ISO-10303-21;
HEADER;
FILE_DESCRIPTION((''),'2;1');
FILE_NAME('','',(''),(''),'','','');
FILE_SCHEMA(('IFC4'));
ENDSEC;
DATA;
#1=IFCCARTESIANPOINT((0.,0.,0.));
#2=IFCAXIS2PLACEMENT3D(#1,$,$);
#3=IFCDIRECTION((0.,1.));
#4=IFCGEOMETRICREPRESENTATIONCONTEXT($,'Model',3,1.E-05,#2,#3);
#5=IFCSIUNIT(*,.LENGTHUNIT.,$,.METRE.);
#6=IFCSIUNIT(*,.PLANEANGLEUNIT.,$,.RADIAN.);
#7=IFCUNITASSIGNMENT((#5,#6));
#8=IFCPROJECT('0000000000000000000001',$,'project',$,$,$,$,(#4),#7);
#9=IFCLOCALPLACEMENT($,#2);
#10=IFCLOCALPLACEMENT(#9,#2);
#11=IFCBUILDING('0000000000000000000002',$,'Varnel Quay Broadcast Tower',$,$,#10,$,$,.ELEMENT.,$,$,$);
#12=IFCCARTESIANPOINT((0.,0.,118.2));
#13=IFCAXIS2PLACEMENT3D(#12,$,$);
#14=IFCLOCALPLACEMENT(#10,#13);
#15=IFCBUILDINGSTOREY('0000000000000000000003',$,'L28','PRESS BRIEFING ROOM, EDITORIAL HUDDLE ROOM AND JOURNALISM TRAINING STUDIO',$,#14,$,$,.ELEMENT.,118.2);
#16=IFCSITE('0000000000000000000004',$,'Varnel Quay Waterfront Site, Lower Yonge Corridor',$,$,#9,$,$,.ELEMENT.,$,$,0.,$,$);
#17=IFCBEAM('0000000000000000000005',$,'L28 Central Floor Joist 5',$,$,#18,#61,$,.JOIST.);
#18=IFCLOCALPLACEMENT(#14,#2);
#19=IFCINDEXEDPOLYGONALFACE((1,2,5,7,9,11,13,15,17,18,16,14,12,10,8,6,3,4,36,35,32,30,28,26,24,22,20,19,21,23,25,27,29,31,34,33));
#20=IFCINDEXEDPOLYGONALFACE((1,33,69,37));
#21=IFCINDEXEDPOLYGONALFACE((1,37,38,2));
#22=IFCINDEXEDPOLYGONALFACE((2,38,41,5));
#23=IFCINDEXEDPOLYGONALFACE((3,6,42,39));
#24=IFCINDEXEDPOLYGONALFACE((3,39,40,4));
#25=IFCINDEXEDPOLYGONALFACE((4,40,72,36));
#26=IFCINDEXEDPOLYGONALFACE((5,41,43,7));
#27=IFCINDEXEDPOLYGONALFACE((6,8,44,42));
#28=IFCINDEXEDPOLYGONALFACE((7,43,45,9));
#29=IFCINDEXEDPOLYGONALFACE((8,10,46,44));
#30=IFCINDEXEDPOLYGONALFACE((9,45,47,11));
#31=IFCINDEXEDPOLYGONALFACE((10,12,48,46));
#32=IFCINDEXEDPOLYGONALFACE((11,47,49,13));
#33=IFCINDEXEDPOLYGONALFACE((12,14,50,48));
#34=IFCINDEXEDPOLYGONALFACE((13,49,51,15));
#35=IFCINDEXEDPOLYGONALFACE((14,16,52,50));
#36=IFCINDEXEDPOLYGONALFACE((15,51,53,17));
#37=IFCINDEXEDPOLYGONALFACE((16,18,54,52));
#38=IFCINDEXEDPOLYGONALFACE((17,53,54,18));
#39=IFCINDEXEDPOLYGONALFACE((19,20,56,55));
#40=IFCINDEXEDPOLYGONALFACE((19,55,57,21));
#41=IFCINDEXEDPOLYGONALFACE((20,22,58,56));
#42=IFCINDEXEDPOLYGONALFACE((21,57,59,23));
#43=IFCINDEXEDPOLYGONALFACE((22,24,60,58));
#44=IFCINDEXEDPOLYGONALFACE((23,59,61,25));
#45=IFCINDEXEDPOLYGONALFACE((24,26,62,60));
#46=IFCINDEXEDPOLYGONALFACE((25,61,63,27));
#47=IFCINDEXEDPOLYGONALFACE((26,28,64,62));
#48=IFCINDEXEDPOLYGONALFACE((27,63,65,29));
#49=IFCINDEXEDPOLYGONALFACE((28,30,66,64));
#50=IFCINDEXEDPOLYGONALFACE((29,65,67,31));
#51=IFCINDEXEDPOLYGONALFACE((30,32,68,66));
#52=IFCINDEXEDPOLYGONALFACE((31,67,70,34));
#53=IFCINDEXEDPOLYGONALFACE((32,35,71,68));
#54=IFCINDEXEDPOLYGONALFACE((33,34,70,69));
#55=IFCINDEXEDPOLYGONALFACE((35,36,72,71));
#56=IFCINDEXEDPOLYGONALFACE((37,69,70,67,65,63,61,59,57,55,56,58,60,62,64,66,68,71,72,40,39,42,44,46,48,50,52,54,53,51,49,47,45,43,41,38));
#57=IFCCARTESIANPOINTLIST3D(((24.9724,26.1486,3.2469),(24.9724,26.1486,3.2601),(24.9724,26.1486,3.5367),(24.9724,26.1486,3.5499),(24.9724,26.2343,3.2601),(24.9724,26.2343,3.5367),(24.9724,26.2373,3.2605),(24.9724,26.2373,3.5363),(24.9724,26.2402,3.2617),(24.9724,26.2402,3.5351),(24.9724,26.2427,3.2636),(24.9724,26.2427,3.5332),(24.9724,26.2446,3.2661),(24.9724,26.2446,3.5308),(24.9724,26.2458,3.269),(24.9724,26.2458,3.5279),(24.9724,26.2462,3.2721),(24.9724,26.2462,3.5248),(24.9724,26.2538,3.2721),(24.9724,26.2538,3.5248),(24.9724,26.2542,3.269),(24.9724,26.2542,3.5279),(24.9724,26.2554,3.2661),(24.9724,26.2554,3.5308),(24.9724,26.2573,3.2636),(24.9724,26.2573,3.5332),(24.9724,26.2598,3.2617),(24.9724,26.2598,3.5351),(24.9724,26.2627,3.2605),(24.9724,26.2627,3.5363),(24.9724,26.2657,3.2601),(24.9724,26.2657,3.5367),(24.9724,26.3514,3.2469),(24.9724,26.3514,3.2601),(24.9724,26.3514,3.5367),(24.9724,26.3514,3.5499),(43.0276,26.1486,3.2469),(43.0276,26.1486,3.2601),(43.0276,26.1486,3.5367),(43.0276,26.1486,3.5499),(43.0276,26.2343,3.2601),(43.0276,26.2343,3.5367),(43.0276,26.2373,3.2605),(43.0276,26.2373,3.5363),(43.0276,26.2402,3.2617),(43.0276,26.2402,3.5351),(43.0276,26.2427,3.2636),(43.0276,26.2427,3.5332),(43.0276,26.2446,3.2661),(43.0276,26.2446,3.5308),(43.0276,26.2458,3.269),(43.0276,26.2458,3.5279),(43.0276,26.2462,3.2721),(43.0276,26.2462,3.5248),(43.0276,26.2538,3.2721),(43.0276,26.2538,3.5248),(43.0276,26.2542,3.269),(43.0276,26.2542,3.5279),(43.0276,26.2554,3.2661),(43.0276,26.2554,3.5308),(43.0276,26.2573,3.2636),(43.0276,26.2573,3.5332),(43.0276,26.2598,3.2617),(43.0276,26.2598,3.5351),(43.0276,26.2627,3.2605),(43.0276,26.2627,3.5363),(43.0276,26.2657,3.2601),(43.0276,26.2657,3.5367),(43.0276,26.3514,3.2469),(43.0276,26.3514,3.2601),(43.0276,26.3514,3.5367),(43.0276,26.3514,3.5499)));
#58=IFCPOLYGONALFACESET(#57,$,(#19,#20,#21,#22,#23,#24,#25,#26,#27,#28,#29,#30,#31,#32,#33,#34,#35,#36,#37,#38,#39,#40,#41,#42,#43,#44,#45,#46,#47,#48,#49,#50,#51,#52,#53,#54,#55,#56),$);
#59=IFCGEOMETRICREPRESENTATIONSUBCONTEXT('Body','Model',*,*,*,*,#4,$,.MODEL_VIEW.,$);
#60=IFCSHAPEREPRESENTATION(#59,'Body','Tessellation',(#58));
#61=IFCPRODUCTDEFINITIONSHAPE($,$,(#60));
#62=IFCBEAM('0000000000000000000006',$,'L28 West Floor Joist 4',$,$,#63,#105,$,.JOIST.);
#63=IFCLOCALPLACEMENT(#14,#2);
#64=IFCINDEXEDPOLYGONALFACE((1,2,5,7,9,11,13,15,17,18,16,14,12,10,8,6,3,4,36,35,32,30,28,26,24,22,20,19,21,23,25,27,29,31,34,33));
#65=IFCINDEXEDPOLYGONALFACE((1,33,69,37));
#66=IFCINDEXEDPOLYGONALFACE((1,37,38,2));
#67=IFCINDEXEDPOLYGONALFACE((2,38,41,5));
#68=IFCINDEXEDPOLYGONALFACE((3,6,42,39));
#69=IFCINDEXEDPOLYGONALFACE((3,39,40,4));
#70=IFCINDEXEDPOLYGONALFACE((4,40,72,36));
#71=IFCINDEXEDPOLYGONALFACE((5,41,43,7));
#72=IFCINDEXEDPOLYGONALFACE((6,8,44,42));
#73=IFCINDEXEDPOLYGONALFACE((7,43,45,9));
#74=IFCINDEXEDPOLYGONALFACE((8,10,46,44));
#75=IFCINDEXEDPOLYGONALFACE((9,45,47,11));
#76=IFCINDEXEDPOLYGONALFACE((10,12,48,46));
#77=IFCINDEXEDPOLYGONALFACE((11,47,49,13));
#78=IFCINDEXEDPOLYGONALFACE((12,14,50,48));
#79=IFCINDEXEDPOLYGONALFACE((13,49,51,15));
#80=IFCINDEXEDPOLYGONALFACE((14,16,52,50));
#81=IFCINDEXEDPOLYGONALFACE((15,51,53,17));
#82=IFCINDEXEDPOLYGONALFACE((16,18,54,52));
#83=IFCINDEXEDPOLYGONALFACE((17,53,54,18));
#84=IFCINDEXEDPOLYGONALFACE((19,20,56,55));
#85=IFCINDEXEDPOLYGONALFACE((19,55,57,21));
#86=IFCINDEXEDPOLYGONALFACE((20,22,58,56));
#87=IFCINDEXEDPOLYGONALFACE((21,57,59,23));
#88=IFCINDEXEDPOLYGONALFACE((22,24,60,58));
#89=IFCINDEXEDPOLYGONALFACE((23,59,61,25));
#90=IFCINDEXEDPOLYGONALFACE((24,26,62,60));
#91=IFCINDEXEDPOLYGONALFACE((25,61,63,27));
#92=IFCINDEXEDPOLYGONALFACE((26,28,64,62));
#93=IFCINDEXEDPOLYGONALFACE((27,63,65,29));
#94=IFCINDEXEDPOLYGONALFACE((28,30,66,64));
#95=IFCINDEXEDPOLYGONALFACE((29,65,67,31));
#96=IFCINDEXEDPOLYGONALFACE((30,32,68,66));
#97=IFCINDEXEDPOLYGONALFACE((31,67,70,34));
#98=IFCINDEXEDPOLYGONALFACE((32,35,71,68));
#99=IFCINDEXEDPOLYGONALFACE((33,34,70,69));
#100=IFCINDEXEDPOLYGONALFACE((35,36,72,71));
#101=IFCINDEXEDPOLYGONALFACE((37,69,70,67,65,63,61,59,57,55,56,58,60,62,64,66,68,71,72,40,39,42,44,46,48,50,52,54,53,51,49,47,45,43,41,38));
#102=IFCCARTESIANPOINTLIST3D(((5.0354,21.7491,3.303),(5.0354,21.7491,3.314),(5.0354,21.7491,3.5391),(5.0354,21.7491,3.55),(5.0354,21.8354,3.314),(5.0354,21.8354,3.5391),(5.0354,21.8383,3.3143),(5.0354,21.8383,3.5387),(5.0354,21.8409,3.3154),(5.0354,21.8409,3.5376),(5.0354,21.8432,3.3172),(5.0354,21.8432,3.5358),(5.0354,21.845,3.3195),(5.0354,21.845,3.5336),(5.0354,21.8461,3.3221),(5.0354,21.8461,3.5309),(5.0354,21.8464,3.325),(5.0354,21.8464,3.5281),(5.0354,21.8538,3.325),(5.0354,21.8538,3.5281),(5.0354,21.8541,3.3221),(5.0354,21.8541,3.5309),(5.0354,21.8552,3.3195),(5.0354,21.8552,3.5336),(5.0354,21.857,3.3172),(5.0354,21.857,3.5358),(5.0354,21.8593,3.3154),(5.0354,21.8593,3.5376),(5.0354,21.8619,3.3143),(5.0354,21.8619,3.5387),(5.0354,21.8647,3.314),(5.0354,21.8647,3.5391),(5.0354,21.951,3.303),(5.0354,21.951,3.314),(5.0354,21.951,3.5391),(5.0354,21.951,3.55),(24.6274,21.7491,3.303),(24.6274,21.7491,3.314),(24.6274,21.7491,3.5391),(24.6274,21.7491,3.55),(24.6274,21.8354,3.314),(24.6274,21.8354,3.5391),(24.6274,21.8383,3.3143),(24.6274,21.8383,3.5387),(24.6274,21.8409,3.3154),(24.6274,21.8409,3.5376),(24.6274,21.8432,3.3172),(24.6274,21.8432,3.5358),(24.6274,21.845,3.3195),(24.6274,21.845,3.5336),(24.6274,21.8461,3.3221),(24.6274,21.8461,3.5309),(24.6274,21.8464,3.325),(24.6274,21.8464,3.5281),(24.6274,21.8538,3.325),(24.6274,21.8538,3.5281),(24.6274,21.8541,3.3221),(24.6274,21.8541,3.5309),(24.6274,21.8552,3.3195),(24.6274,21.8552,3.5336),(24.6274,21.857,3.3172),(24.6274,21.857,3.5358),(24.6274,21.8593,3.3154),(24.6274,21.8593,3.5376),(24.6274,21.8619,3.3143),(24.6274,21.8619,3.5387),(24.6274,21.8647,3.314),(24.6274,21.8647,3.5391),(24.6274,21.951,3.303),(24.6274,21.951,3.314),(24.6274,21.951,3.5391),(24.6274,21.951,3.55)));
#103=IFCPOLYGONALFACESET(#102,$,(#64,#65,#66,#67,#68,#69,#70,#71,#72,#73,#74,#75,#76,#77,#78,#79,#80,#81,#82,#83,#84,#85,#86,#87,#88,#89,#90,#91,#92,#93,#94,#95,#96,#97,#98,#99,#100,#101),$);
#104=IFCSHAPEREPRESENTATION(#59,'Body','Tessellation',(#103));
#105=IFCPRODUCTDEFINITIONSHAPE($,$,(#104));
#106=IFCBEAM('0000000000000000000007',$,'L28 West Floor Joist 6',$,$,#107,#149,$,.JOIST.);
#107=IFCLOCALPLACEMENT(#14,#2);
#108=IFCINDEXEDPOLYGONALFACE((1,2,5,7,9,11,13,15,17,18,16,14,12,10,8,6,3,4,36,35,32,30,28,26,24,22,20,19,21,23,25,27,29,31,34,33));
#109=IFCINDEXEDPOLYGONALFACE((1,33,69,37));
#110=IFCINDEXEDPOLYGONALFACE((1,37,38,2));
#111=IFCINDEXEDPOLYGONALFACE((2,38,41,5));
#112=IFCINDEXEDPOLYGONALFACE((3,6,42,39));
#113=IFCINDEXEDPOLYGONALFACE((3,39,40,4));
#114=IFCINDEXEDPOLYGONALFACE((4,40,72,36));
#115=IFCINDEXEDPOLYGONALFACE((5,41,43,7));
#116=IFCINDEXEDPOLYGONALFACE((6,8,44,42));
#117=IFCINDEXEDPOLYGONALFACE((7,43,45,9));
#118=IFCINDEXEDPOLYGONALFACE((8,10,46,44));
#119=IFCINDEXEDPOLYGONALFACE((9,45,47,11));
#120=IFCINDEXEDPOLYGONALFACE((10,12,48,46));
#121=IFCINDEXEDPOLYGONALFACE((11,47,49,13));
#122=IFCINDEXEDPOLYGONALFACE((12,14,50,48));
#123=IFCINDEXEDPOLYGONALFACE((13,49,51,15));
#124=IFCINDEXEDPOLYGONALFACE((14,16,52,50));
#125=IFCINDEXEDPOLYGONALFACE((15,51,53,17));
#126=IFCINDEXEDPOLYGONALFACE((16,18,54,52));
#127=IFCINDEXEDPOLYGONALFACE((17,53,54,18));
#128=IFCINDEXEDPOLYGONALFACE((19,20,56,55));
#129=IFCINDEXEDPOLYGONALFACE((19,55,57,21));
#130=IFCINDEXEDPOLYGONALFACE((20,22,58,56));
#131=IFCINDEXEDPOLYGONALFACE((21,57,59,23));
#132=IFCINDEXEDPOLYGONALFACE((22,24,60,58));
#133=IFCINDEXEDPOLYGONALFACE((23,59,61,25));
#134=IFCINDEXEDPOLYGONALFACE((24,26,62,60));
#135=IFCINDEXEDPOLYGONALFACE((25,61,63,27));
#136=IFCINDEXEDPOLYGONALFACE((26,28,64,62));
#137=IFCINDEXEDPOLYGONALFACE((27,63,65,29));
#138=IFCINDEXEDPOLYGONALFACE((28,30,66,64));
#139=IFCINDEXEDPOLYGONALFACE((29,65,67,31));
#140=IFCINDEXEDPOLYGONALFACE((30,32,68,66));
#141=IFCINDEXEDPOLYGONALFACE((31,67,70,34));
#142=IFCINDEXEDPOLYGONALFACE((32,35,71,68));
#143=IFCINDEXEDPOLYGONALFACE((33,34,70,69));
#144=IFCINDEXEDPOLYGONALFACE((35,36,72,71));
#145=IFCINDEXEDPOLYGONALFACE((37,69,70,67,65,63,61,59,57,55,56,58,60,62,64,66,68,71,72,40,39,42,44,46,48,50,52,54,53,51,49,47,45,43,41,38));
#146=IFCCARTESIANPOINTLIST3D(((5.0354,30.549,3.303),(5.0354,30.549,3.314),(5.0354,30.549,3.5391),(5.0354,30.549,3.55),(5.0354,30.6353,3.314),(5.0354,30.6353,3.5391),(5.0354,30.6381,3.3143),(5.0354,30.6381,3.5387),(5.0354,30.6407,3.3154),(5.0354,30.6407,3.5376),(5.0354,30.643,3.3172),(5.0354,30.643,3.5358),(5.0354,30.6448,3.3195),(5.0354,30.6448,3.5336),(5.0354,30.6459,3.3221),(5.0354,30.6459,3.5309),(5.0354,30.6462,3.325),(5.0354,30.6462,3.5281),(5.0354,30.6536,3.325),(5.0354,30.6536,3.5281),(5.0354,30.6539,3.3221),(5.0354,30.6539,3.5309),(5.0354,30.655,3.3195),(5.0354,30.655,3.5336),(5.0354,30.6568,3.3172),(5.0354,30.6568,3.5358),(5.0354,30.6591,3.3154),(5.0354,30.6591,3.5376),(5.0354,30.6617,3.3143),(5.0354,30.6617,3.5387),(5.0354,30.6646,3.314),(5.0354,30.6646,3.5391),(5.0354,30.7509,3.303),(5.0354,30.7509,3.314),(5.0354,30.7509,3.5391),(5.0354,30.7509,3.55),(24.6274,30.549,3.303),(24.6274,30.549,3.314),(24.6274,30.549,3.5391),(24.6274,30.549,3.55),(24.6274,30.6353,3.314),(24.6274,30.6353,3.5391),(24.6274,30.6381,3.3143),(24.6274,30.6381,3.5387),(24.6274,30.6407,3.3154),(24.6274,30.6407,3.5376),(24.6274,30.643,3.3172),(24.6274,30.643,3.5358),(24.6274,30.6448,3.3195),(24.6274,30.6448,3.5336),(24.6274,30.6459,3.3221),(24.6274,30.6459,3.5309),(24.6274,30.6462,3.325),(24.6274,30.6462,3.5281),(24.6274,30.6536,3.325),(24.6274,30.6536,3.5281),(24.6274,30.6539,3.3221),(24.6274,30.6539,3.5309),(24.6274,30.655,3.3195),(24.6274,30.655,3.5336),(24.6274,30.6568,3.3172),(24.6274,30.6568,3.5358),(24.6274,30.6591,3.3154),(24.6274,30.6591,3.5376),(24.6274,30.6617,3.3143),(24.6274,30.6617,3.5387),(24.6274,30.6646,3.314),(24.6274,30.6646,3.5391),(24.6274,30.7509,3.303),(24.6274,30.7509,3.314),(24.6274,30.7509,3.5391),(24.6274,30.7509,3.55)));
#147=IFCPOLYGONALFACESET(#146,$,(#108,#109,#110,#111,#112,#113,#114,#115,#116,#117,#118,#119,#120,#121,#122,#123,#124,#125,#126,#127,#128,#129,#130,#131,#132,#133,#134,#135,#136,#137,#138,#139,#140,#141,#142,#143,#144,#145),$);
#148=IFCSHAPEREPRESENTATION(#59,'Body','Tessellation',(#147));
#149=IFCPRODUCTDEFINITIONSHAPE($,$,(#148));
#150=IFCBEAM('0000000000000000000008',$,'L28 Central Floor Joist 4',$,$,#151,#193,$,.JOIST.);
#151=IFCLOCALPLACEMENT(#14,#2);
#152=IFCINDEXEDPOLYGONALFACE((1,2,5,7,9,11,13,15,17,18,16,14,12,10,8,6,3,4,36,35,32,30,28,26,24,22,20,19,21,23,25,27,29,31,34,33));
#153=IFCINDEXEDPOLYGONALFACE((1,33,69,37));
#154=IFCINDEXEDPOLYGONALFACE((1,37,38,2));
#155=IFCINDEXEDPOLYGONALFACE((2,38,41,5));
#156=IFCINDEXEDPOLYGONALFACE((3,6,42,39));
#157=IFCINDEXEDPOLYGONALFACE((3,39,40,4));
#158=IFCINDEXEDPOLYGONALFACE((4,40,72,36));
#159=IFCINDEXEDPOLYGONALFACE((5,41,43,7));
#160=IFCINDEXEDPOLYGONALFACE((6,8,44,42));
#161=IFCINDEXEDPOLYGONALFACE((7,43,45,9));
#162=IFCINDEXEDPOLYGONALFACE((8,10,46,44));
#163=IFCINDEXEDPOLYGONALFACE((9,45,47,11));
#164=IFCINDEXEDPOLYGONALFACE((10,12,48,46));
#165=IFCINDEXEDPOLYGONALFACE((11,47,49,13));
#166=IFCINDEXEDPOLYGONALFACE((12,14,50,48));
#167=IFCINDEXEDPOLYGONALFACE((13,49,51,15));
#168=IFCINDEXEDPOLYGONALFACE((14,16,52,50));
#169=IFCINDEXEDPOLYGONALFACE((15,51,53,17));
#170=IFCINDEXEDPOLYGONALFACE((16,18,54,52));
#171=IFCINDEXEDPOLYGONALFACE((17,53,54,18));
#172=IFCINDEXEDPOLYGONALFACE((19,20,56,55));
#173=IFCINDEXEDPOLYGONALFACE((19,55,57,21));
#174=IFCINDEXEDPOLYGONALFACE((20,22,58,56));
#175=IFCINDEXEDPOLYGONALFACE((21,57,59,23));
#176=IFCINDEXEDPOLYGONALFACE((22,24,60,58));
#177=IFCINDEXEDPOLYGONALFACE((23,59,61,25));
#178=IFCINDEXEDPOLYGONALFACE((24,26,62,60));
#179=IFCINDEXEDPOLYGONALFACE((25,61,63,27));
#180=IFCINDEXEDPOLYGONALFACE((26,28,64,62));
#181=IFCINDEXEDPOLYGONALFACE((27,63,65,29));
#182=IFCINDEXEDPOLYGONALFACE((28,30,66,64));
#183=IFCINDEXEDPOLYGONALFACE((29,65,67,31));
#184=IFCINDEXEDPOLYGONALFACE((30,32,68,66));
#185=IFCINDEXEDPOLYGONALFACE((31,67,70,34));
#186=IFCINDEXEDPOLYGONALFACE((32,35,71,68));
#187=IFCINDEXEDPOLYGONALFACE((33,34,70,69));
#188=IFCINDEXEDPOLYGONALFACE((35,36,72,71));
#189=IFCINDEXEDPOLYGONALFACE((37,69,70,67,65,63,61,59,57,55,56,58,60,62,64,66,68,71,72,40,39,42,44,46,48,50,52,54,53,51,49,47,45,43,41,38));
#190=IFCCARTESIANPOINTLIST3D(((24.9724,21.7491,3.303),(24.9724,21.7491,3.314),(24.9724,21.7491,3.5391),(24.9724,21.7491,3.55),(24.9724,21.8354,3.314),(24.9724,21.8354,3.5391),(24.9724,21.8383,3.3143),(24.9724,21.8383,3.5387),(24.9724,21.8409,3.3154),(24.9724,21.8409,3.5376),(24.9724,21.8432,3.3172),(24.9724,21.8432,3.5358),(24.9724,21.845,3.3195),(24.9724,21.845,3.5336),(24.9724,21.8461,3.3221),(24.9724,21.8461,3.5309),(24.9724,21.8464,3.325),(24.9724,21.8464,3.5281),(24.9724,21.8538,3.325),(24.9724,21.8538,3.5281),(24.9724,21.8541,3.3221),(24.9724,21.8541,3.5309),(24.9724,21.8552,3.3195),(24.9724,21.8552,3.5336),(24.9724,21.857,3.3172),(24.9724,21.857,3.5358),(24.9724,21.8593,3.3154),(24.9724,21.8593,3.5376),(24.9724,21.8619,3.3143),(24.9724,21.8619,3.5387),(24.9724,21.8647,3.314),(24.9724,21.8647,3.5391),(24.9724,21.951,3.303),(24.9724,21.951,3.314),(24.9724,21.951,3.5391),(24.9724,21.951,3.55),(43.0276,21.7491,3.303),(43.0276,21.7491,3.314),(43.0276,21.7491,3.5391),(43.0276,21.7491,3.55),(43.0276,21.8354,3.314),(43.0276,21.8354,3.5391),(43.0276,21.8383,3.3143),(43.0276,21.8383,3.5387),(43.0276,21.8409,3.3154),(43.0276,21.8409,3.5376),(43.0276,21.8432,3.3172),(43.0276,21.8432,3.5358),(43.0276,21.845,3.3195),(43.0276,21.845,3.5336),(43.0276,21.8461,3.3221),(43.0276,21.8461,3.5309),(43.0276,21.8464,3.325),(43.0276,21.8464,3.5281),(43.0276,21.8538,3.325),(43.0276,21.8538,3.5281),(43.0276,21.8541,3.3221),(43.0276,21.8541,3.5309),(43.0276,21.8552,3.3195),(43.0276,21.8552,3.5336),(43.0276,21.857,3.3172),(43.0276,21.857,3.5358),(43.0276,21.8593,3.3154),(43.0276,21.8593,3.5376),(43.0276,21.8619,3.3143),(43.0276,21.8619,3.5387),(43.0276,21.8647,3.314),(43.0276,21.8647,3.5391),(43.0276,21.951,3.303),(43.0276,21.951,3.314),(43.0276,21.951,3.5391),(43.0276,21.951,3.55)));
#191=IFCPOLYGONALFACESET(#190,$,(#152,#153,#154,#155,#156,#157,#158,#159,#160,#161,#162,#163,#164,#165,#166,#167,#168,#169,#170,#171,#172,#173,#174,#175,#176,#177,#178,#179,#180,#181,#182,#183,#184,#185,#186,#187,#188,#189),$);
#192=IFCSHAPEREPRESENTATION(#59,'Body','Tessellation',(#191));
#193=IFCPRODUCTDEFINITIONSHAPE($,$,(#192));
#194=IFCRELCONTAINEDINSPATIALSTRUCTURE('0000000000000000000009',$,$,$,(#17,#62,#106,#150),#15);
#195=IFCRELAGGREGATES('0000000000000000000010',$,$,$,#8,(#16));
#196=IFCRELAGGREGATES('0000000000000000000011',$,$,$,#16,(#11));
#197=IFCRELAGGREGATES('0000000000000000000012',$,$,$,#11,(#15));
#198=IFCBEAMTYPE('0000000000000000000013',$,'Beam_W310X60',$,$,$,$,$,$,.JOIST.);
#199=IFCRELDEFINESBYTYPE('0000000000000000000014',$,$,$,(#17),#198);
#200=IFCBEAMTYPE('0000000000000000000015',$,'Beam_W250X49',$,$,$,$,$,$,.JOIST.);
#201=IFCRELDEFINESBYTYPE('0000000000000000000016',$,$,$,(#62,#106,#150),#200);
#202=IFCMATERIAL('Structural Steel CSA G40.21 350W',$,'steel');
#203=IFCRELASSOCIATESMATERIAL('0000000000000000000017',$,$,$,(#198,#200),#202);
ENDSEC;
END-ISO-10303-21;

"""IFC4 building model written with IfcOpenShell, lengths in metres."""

from ifc_helpers import new_model, si_unit, direction, frame, origin, origin_2d, place, context, subcontext, project, spatial, i_section, extrude, source, transform, mapped, material, material_profile, profile_set, type_object, type_shapes, element, save


model = new_model("IFC4")

# Units and contexts
model_context = context("Model", 3, precision=1e-05, world=origin(), true_north=direction((0.0, 1.0)))
body_context = subcontext(model_context, "Body", "Model", "MODEL_VIEW")
ifc_project = project(units=[si_unit("LENGTHUNIT", "METRE"), si_unit("PLANEANGLEUNIT", "RADIAN")], contexts=[model_context])

# Site, building, storey
site_placement = place(None, origin())
site = spatial("IfcSite", under=ifc_project, at=site_placement, Name="Varnel Quay Waterfront Site, Lower Yonge Corridor", CompositionType="ELEMENT", RefElevation=0.0)
building_placement = place(site_placement, origin())
building = spatial("IfcBuilding", under=site, at=building_placement, Name="Varnel Quay Broadcast Tower", CompositionType="ELEMENT")
storey_placement = place(building_placement, frame((0.0, 0.0, 118.2)))
storey = spatial("IfcBuildingStorey", under=building, at=storey_placement, Name="L28", Description="PRESS BRIEFING ROOM, EDITORIAL HUDDLE ROOM AND JOURNALISM TRAINING STUDIO", CompositionType="ELEMENT", Elevation=118.2)

# Beams
ifc_material_1 = material(Name="Structural Steel CSA G40.21 350W", Category="steel")
ifc_material_profile_1 = material_profile(ifc_material_1, i_section(OverallWidth=0.2029, OverallDepth=0.303, WebThickness=0.0076, FlangeThickness=0.0132, FilletRadius=0.012, at=origin_2d()), Name="W310X60")
ifc_profile_set_1 = profile_set([ifc_material_profile_1], Name="Structural Steel CSA G40.21 350W")
beam_type_1 = type_object("IfcBeamType", Name="Beam_W310X60", PredefinedType="JOIST", material=ifc_profile_set_1)
shared_shape_1 = source(origin(), body_context, "Body", "SweptSolid", [
    extrude(i_section(OverallWidth=0.2029, OverallDepth=0.303, WebThickness=0.0076, FlangeThickness=0.0132, FilletRadius=0.012, at=origin_2d()), origin(), (0.0, 0.0, 1.0), 18.0552),
])
for number, where, z_axis, x_axis, name in (
    (1, (24.9724, 26.25, 3.3984), (1.0, 0.0, 0.0), (0.0, 1.0, 0.0), "L28 Central Floor Joist 5"),
):
    element("IfcBeam", number, at=place(storey_placement, frame(where, z_axis=z_axis, x_axis=x_axis)), inside=storey, type_object=beam_type_1, Name=name, PredefinedType="JOIST", context=body_context, shape_type="MappedRepresentation", body=[
        mapped(shared_shape_1, transform((0.0, 0.0, 0.0), x_axis=(1.0, 0.0, 0.0), y_axis=(0.0, 1.0, 0.0), z_axis=(0.0, 0.0, 1.0), scale=1.0)),
    ])
ifc_material_profile_2 = material_profile(ifc_material_1, i_section(OverallWidth=0.2019, OverallDepth=0.2471, WebThickness=0.0073, FlangeThickness=0.011, FilletRadius=0.011, at=origin_2d()), Name="W250X49")
ifc_profile_set_2 = profile_set([ifc_material_profile_2], Name="Structural Steel CSA G40.21 350W")
beam_type_2 = type_object("IfcBeamType", Name="Beam_W250X49", PredefinedType="JOIST", material=ifc_profile_set_2)
shared_shape_2 = source(origin(), body_context, "Body", "SweptSolid", [
    extrude(i_section(OverallWidth=0.2019, OverallDepth=0.2471, WebThickness=0.0073, FlangeThickness=0.011, FilletRadius=0.011, at=origin_2d()), origin(), (0.0, 0.0, 1.0), 19.592),
])
for number, where, z_axis, x_axis, name in (
    (2, (5.0354, 21.8501, 3.4265), (1.0, 0.0, 0.0), (0.0, 1.0, 0.0), "L28 West Floor Joist 4"),
    (3, (5.0354, 30.6499, 3.4265), (1.0, 0.0, 0.0), (0.0, 1.0, 0.0), "L28 West Floor Joist 6"),
):
    element("IfcBeam", number, at=place(storey_placement, frame(where, z_axis=z_axis, x_axis=x_axis)), inside=storey, type_object=beam_type_2, Name=name, PredefinedType="JOIST", context=body_context, shape_type="MappedRepresentation", body=[
        mapped(shared_shape_2, transform((0.0, 0.0, 0.0), x_axis=(1.0, 0.0, 0.0), y_axis=(0.0, 1.0, 0.0), z_axis=(0.0, 0.0, 1.0), scale=1.0)),
    ])
shared_shape_3 = source(origin(), body_context, "Body", "SweptSolid", [
    extrude(i_section(OverallWidth=0.2019, OverallDepth=0.2471, WebThickness=0.0073, FlangeThickness=0.011, FilletRadius=0.011, at=origin_2d()), origin(), (0.0, 0.0, 1.0), 18.0552),
])
type_shapes(beam_type_2, [shared_shape_2, shared_shape_3])
beam_1_placement = place(storey_placement, frame((24.9724, 21.8501, 3.4265), z_axis=(1.0, 0.0, 0.0), x_axis=(0.0, 1.0, 0.0)))
element("IfcBeam", 4, at=beam_1_placement, inside=storey, type_object=beam_type_2, Name="L28 Central Floor Joist 4", PredefinedType="JOIST", context=body_context, shape_type="MappedRepresentation", body=[
    mapped(shared_shape_3, transform((0.0, 0.0, 0.0), x_axis=(1.0, 0.0, 0.0), y_axis=(0.0, 1.0, 0.0), z_axis=(0.0, 0.0, 1.0), scale=1.0)),
])

save(model, "model.ifc")
